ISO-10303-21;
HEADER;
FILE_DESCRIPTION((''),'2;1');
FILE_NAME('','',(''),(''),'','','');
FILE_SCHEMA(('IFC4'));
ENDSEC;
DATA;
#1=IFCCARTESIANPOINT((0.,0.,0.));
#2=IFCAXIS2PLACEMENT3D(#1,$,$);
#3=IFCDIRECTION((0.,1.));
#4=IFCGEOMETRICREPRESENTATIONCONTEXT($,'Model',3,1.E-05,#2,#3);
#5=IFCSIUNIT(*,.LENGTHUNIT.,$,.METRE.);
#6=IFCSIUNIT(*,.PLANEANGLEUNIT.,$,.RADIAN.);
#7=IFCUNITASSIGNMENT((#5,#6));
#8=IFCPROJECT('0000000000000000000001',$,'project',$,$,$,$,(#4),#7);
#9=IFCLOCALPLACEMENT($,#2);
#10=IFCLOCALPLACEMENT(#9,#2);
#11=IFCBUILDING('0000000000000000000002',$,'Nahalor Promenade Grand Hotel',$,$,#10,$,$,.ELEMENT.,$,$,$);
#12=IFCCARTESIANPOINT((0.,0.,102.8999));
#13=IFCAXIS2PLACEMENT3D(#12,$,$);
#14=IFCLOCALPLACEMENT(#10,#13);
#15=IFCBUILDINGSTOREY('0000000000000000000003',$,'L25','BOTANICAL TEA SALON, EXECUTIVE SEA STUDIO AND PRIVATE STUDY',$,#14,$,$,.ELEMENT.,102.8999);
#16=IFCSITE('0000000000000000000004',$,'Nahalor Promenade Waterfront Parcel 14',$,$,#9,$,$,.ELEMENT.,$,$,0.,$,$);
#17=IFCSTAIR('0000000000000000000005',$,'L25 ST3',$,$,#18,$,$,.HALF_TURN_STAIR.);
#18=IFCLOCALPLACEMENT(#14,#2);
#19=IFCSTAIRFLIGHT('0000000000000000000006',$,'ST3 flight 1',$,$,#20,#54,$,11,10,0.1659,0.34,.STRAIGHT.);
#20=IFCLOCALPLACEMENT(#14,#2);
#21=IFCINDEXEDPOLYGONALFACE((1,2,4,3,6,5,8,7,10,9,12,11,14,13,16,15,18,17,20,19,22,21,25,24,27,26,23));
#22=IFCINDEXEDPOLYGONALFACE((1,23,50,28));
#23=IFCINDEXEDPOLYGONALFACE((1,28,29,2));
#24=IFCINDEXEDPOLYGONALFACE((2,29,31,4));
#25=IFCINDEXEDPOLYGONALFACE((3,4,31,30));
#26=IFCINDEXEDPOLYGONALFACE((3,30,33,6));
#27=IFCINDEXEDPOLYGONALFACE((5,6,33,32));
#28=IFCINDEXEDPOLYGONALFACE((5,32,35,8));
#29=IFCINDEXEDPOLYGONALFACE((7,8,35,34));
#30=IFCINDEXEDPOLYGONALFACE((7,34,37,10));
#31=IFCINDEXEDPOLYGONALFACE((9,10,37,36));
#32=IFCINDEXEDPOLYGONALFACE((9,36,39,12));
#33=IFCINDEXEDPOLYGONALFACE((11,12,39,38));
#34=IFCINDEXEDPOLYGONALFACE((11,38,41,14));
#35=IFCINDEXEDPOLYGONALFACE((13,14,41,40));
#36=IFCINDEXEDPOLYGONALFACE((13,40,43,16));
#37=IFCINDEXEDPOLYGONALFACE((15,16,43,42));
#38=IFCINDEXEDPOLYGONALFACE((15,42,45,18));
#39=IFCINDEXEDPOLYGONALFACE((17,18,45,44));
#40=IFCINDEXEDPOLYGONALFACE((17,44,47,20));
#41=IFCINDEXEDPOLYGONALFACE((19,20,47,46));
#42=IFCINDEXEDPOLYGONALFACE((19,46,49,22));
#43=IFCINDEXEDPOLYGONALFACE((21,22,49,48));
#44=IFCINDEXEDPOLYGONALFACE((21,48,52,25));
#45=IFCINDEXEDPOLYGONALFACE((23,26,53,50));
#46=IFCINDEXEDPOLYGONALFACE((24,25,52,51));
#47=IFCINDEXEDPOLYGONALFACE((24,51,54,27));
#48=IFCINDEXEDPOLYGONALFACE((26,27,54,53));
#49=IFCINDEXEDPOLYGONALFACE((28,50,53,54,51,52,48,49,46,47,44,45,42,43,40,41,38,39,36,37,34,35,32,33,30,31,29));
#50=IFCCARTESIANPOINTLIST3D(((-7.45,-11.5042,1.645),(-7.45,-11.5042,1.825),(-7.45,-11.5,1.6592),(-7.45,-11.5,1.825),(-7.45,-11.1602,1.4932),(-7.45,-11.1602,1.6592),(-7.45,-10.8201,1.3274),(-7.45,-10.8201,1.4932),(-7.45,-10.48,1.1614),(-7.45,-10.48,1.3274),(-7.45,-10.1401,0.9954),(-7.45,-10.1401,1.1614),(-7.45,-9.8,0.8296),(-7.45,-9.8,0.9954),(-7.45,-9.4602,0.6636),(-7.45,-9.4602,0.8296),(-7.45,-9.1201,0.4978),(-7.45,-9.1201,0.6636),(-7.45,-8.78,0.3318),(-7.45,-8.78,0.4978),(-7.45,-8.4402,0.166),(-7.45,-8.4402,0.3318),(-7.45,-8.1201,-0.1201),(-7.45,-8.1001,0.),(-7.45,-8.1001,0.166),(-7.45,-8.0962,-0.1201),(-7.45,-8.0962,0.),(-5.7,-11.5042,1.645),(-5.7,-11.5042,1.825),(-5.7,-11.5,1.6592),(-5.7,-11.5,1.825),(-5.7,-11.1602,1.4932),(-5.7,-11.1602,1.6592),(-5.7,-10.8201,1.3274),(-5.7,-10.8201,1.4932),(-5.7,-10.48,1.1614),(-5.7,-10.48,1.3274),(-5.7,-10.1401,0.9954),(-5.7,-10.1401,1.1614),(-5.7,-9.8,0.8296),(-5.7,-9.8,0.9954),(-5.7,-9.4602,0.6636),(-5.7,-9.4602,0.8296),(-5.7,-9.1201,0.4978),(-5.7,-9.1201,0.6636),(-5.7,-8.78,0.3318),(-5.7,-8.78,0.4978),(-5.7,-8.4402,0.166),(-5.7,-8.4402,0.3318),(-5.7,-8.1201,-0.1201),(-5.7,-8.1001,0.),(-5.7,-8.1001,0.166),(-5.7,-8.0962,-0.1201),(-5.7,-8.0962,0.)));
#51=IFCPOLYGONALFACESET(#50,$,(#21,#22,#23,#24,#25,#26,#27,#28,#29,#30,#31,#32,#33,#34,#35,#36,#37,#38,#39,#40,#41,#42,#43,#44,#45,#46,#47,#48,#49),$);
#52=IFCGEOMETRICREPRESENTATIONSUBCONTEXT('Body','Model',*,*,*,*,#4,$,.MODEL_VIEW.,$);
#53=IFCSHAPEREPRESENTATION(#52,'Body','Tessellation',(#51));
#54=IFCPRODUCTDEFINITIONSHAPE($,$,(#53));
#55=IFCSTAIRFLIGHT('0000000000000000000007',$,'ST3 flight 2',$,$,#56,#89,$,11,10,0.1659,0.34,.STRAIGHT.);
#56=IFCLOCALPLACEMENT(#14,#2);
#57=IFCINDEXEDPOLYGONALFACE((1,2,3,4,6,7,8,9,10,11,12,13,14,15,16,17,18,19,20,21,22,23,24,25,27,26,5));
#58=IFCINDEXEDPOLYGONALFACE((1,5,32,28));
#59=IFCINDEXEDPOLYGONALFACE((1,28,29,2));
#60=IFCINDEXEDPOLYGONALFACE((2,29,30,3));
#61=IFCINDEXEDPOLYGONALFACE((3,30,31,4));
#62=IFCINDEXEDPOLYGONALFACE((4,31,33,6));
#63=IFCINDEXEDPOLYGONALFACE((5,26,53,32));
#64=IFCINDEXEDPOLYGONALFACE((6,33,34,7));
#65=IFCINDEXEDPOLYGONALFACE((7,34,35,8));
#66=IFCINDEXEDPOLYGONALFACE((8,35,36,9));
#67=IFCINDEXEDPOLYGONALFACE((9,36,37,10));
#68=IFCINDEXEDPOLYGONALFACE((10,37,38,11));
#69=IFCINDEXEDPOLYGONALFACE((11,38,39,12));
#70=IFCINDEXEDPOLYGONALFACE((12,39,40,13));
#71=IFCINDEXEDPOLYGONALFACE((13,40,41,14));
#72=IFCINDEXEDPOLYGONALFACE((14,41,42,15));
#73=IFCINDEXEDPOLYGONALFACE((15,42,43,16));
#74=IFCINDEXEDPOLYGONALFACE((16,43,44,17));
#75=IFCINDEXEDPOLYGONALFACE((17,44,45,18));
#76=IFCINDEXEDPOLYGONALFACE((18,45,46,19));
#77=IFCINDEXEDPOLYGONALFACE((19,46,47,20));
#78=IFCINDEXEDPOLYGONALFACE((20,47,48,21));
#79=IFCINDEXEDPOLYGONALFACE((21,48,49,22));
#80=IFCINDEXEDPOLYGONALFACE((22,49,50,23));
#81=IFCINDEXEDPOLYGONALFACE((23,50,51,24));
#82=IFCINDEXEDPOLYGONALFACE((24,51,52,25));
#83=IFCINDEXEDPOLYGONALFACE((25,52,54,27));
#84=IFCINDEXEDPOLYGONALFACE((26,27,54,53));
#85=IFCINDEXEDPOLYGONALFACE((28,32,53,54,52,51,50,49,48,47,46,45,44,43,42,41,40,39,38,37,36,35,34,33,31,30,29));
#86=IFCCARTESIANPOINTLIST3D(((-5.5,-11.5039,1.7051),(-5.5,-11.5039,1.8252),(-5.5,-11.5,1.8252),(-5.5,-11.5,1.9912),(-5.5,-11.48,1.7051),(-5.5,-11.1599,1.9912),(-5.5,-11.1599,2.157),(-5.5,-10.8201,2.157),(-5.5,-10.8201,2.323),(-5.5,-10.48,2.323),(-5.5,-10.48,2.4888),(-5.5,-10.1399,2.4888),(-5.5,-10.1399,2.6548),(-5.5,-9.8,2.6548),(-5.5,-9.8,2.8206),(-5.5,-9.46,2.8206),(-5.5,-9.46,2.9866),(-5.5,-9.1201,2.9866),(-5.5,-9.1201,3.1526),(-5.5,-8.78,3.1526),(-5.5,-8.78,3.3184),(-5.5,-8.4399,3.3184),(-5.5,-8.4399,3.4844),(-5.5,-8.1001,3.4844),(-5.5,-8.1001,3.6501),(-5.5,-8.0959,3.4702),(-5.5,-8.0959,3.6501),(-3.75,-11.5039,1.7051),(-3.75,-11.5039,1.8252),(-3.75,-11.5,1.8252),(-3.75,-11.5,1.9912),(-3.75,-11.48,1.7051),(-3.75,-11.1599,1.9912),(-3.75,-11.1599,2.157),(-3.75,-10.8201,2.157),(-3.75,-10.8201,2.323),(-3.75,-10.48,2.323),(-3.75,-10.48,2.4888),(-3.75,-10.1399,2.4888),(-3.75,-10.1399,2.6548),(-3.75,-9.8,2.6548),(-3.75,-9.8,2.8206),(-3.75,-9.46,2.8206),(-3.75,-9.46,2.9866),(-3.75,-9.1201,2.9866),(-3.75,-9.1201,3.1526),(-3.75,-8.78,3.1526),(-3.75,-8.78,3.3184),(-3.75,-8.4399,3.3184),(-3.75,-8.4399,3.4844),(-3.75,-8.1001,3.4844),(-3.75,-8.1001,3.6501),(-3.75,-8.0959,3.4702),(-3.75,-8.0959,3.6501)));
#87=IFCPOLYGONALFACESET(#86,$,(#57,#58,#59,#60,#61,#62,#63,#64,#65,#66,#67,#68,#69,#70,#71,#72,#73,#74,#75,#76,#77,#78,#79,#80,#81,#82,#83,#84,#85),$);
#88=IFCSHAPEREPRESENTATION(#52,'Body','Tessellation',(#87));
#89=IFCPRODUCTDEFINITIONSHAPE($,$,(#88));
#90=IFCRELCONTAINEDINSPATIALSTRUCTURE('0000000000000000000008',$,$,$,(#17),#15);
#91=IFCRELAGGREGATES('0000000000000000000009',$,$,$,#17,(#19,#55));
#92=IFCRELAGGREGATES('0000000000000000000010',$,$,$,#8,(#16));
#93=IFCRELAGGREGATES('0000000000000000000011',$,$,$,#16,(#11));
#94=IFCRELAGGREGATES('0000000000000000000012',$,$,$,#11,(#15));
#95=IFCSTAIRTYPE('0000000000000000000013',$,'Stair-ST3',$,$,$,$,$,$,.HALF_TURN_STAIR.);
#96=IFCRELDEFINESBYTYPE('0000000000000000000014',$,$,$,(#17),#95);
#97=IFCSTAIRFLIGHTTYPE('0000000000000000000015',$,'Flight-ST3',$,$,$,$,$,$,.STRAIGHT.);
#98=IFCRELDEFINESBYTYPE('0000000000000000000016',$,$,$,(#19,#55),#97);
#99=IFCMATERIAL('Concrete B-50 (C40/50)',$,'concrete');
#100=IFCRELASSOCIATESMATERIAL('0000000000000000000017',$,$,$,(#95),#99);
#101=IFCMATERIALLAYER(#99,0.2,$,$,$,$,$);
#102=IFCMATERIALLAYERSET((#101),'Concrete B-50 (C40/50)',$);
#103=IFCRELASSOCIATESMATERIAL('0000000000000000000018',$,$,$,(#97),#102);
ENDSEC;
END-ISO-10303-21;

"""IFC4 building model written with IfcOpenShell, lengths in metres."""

from ifc_helpers import new_model, si_unit, direction, frame, origin, place, context, subcontext, project, spatial, polyline, outline, extrude, source, transform, mapped, material, layer, layer_set, type_object, element, aggregate, save


model = new_model("IFC4")

# Units and contexts
model_context = context("Model", 3, precision=1e-05, world=origin(), true_north=direction((0.0, 1.0)))
body_context = subcontext(model_context, "Body", "Model", "MODEL_VIEW")
ifc_project = project(units=[si_unit("LENGTHUNIT", "METRE"), si_unit("PLANEANGLEUNIT", "RADIAN")], contexts=[model_context])

# Site, building, storey
site_placement = place(None, origin())
site = spatial("IfcSite", under=ifc_project, at=site_placement, Name="Nahalor Promenade Waterfront Parcel 14", CompositionType="ELEMENT", RefElevation=0.0)
building_placement = place(site_placement, origin())
building = spatial("IfcBuilding", under=site, at=building_placement, Name="Nahalor Promenade Grand Hotel", CompositionType="ELEMENT")
storey_placement = place(building_placement, frame((0.0, 0.0, 102.8999)))
storey = spatial("IfcBuildingStorey", under=building, at=storey_placement, Name="L25", Description="BOTANICAL TEA SALON, EXECUTIVE SEA STUDIO AND PRIVATE STUDY", CompositionType="ELEMENT", Elevation=102.8999)

# Shared definitions
ifc_material_1 = material(Name="Concrete B-50 (C40/50)", Category="concrete")

# Stair, stair flights
stair_type = type_object("IfcStairType", Name="Stair-ST3", PredefinedType="HALF_TURN_STAIR", material=ifc_material_1)
stair_placement = place(storey_placement, origin())
stair = element("IfcStair", 1, at=stair_placement, inside=storey, type_object=stair_type, Name="L25 ST3", PredefinedType="HALF_TURN_STAIR")
ifc_layer_1 = layer(ifc_material_1, 0.2)
ifc_layer_set_1 = layer_set([ifc_layer_1], Name="Concrete B-50 (C40/50)")
stair_flight_type = type_object("IfcStairFlightType", Name="Flight-ST3", PredefinedType="STRAIGHT", material=ifc_layer_set_1)
shared_shape_1 = source(origin(), body_context, "Body", "SweptSolid", [
    extrude(outline(polyline([(-0.0039, -0.1201), (-0.0039, 0.0), (0.0, 0.0), (0.0, 0.166), (0.3401, 0.166), (0.3401, 0.3318), (0.6799, 0.3318), (0.6799, 0.4978), (1.02, 0.4978), (1.02, 0.6636), (1.3601, 0.6636), (1.3601, 0.8296), (1.7, 0.8296), (1.7, 0.9954), (2.04, 0.9954), (2.04, 1.1614), (2.3799, 1.1614), (2.3799, 1.3274), (2.72, 1.3274), (2.72, 1.4932), (3.0601, 1.4932), (3.0601, 1.6592), (3.3999, 1.6592), (3.3999, 1.825), (3.4041, 1.825), (3.4041, 1.645), (0.02, -0.1201), (-0.0039, -0.1201)])), frame((0.0, 0.875, 0.0), z_axis=(0.0, -1.0, 0.0), x_axis=(1.0, 0.0, 0.0)), (0.0, 0.0, 1.0), 1.75),
])
stair_flight_1_placement = place(storey_placement, frame((-6.575, -8.1001, 0.0), z_axis=(0.0, 0.0, 1.0), x_axis=(0.0, -1.0, 0.0)))
stair_flight_1 = element("IfcStairFlight", 2, at=stair_flight_1_placement, type_object=stair_flight_type, Name="ST3 flight 1", NumberOfRisers=11, NumberOfTreads=10, PredefinedType="STRAIGHT", RiserHeight=0.1659, TreadLength=0.34, context=body_context, shape_type="MappedRepresentation", body=[
    mapped(shared_shape_1, transform((0.0, 0.0, 0.0), scale=1.0)),
])
stair_flight_2_placement = place(storey_placement, frame((-4.625, -11.5, 1.8252), z_axis=(0.0, 0.0, 1.0), x_axis=(0.0, 1.0, 0.0)))
stair_flight_2 = element("IfcStairFlight", 3, at=stair_flight_2_placement, type_object=stair_flight_type, Name="ST3 flight 2", NumberOfRisers=11, NumberOfTreads=10, PredefinedType="STRAIGHT", RiserHeight=0.1659, TreadLength=0.34, context=body_context, shape_type="MappedRepresentation", body=[
    mapped(shared_shape_1, transform((0.0, 0.0, 0.0), scale=1.0)),
])
aggregate(stair, [stair_flight_1, stair_flight_2])

save(model, "model.ifc")
